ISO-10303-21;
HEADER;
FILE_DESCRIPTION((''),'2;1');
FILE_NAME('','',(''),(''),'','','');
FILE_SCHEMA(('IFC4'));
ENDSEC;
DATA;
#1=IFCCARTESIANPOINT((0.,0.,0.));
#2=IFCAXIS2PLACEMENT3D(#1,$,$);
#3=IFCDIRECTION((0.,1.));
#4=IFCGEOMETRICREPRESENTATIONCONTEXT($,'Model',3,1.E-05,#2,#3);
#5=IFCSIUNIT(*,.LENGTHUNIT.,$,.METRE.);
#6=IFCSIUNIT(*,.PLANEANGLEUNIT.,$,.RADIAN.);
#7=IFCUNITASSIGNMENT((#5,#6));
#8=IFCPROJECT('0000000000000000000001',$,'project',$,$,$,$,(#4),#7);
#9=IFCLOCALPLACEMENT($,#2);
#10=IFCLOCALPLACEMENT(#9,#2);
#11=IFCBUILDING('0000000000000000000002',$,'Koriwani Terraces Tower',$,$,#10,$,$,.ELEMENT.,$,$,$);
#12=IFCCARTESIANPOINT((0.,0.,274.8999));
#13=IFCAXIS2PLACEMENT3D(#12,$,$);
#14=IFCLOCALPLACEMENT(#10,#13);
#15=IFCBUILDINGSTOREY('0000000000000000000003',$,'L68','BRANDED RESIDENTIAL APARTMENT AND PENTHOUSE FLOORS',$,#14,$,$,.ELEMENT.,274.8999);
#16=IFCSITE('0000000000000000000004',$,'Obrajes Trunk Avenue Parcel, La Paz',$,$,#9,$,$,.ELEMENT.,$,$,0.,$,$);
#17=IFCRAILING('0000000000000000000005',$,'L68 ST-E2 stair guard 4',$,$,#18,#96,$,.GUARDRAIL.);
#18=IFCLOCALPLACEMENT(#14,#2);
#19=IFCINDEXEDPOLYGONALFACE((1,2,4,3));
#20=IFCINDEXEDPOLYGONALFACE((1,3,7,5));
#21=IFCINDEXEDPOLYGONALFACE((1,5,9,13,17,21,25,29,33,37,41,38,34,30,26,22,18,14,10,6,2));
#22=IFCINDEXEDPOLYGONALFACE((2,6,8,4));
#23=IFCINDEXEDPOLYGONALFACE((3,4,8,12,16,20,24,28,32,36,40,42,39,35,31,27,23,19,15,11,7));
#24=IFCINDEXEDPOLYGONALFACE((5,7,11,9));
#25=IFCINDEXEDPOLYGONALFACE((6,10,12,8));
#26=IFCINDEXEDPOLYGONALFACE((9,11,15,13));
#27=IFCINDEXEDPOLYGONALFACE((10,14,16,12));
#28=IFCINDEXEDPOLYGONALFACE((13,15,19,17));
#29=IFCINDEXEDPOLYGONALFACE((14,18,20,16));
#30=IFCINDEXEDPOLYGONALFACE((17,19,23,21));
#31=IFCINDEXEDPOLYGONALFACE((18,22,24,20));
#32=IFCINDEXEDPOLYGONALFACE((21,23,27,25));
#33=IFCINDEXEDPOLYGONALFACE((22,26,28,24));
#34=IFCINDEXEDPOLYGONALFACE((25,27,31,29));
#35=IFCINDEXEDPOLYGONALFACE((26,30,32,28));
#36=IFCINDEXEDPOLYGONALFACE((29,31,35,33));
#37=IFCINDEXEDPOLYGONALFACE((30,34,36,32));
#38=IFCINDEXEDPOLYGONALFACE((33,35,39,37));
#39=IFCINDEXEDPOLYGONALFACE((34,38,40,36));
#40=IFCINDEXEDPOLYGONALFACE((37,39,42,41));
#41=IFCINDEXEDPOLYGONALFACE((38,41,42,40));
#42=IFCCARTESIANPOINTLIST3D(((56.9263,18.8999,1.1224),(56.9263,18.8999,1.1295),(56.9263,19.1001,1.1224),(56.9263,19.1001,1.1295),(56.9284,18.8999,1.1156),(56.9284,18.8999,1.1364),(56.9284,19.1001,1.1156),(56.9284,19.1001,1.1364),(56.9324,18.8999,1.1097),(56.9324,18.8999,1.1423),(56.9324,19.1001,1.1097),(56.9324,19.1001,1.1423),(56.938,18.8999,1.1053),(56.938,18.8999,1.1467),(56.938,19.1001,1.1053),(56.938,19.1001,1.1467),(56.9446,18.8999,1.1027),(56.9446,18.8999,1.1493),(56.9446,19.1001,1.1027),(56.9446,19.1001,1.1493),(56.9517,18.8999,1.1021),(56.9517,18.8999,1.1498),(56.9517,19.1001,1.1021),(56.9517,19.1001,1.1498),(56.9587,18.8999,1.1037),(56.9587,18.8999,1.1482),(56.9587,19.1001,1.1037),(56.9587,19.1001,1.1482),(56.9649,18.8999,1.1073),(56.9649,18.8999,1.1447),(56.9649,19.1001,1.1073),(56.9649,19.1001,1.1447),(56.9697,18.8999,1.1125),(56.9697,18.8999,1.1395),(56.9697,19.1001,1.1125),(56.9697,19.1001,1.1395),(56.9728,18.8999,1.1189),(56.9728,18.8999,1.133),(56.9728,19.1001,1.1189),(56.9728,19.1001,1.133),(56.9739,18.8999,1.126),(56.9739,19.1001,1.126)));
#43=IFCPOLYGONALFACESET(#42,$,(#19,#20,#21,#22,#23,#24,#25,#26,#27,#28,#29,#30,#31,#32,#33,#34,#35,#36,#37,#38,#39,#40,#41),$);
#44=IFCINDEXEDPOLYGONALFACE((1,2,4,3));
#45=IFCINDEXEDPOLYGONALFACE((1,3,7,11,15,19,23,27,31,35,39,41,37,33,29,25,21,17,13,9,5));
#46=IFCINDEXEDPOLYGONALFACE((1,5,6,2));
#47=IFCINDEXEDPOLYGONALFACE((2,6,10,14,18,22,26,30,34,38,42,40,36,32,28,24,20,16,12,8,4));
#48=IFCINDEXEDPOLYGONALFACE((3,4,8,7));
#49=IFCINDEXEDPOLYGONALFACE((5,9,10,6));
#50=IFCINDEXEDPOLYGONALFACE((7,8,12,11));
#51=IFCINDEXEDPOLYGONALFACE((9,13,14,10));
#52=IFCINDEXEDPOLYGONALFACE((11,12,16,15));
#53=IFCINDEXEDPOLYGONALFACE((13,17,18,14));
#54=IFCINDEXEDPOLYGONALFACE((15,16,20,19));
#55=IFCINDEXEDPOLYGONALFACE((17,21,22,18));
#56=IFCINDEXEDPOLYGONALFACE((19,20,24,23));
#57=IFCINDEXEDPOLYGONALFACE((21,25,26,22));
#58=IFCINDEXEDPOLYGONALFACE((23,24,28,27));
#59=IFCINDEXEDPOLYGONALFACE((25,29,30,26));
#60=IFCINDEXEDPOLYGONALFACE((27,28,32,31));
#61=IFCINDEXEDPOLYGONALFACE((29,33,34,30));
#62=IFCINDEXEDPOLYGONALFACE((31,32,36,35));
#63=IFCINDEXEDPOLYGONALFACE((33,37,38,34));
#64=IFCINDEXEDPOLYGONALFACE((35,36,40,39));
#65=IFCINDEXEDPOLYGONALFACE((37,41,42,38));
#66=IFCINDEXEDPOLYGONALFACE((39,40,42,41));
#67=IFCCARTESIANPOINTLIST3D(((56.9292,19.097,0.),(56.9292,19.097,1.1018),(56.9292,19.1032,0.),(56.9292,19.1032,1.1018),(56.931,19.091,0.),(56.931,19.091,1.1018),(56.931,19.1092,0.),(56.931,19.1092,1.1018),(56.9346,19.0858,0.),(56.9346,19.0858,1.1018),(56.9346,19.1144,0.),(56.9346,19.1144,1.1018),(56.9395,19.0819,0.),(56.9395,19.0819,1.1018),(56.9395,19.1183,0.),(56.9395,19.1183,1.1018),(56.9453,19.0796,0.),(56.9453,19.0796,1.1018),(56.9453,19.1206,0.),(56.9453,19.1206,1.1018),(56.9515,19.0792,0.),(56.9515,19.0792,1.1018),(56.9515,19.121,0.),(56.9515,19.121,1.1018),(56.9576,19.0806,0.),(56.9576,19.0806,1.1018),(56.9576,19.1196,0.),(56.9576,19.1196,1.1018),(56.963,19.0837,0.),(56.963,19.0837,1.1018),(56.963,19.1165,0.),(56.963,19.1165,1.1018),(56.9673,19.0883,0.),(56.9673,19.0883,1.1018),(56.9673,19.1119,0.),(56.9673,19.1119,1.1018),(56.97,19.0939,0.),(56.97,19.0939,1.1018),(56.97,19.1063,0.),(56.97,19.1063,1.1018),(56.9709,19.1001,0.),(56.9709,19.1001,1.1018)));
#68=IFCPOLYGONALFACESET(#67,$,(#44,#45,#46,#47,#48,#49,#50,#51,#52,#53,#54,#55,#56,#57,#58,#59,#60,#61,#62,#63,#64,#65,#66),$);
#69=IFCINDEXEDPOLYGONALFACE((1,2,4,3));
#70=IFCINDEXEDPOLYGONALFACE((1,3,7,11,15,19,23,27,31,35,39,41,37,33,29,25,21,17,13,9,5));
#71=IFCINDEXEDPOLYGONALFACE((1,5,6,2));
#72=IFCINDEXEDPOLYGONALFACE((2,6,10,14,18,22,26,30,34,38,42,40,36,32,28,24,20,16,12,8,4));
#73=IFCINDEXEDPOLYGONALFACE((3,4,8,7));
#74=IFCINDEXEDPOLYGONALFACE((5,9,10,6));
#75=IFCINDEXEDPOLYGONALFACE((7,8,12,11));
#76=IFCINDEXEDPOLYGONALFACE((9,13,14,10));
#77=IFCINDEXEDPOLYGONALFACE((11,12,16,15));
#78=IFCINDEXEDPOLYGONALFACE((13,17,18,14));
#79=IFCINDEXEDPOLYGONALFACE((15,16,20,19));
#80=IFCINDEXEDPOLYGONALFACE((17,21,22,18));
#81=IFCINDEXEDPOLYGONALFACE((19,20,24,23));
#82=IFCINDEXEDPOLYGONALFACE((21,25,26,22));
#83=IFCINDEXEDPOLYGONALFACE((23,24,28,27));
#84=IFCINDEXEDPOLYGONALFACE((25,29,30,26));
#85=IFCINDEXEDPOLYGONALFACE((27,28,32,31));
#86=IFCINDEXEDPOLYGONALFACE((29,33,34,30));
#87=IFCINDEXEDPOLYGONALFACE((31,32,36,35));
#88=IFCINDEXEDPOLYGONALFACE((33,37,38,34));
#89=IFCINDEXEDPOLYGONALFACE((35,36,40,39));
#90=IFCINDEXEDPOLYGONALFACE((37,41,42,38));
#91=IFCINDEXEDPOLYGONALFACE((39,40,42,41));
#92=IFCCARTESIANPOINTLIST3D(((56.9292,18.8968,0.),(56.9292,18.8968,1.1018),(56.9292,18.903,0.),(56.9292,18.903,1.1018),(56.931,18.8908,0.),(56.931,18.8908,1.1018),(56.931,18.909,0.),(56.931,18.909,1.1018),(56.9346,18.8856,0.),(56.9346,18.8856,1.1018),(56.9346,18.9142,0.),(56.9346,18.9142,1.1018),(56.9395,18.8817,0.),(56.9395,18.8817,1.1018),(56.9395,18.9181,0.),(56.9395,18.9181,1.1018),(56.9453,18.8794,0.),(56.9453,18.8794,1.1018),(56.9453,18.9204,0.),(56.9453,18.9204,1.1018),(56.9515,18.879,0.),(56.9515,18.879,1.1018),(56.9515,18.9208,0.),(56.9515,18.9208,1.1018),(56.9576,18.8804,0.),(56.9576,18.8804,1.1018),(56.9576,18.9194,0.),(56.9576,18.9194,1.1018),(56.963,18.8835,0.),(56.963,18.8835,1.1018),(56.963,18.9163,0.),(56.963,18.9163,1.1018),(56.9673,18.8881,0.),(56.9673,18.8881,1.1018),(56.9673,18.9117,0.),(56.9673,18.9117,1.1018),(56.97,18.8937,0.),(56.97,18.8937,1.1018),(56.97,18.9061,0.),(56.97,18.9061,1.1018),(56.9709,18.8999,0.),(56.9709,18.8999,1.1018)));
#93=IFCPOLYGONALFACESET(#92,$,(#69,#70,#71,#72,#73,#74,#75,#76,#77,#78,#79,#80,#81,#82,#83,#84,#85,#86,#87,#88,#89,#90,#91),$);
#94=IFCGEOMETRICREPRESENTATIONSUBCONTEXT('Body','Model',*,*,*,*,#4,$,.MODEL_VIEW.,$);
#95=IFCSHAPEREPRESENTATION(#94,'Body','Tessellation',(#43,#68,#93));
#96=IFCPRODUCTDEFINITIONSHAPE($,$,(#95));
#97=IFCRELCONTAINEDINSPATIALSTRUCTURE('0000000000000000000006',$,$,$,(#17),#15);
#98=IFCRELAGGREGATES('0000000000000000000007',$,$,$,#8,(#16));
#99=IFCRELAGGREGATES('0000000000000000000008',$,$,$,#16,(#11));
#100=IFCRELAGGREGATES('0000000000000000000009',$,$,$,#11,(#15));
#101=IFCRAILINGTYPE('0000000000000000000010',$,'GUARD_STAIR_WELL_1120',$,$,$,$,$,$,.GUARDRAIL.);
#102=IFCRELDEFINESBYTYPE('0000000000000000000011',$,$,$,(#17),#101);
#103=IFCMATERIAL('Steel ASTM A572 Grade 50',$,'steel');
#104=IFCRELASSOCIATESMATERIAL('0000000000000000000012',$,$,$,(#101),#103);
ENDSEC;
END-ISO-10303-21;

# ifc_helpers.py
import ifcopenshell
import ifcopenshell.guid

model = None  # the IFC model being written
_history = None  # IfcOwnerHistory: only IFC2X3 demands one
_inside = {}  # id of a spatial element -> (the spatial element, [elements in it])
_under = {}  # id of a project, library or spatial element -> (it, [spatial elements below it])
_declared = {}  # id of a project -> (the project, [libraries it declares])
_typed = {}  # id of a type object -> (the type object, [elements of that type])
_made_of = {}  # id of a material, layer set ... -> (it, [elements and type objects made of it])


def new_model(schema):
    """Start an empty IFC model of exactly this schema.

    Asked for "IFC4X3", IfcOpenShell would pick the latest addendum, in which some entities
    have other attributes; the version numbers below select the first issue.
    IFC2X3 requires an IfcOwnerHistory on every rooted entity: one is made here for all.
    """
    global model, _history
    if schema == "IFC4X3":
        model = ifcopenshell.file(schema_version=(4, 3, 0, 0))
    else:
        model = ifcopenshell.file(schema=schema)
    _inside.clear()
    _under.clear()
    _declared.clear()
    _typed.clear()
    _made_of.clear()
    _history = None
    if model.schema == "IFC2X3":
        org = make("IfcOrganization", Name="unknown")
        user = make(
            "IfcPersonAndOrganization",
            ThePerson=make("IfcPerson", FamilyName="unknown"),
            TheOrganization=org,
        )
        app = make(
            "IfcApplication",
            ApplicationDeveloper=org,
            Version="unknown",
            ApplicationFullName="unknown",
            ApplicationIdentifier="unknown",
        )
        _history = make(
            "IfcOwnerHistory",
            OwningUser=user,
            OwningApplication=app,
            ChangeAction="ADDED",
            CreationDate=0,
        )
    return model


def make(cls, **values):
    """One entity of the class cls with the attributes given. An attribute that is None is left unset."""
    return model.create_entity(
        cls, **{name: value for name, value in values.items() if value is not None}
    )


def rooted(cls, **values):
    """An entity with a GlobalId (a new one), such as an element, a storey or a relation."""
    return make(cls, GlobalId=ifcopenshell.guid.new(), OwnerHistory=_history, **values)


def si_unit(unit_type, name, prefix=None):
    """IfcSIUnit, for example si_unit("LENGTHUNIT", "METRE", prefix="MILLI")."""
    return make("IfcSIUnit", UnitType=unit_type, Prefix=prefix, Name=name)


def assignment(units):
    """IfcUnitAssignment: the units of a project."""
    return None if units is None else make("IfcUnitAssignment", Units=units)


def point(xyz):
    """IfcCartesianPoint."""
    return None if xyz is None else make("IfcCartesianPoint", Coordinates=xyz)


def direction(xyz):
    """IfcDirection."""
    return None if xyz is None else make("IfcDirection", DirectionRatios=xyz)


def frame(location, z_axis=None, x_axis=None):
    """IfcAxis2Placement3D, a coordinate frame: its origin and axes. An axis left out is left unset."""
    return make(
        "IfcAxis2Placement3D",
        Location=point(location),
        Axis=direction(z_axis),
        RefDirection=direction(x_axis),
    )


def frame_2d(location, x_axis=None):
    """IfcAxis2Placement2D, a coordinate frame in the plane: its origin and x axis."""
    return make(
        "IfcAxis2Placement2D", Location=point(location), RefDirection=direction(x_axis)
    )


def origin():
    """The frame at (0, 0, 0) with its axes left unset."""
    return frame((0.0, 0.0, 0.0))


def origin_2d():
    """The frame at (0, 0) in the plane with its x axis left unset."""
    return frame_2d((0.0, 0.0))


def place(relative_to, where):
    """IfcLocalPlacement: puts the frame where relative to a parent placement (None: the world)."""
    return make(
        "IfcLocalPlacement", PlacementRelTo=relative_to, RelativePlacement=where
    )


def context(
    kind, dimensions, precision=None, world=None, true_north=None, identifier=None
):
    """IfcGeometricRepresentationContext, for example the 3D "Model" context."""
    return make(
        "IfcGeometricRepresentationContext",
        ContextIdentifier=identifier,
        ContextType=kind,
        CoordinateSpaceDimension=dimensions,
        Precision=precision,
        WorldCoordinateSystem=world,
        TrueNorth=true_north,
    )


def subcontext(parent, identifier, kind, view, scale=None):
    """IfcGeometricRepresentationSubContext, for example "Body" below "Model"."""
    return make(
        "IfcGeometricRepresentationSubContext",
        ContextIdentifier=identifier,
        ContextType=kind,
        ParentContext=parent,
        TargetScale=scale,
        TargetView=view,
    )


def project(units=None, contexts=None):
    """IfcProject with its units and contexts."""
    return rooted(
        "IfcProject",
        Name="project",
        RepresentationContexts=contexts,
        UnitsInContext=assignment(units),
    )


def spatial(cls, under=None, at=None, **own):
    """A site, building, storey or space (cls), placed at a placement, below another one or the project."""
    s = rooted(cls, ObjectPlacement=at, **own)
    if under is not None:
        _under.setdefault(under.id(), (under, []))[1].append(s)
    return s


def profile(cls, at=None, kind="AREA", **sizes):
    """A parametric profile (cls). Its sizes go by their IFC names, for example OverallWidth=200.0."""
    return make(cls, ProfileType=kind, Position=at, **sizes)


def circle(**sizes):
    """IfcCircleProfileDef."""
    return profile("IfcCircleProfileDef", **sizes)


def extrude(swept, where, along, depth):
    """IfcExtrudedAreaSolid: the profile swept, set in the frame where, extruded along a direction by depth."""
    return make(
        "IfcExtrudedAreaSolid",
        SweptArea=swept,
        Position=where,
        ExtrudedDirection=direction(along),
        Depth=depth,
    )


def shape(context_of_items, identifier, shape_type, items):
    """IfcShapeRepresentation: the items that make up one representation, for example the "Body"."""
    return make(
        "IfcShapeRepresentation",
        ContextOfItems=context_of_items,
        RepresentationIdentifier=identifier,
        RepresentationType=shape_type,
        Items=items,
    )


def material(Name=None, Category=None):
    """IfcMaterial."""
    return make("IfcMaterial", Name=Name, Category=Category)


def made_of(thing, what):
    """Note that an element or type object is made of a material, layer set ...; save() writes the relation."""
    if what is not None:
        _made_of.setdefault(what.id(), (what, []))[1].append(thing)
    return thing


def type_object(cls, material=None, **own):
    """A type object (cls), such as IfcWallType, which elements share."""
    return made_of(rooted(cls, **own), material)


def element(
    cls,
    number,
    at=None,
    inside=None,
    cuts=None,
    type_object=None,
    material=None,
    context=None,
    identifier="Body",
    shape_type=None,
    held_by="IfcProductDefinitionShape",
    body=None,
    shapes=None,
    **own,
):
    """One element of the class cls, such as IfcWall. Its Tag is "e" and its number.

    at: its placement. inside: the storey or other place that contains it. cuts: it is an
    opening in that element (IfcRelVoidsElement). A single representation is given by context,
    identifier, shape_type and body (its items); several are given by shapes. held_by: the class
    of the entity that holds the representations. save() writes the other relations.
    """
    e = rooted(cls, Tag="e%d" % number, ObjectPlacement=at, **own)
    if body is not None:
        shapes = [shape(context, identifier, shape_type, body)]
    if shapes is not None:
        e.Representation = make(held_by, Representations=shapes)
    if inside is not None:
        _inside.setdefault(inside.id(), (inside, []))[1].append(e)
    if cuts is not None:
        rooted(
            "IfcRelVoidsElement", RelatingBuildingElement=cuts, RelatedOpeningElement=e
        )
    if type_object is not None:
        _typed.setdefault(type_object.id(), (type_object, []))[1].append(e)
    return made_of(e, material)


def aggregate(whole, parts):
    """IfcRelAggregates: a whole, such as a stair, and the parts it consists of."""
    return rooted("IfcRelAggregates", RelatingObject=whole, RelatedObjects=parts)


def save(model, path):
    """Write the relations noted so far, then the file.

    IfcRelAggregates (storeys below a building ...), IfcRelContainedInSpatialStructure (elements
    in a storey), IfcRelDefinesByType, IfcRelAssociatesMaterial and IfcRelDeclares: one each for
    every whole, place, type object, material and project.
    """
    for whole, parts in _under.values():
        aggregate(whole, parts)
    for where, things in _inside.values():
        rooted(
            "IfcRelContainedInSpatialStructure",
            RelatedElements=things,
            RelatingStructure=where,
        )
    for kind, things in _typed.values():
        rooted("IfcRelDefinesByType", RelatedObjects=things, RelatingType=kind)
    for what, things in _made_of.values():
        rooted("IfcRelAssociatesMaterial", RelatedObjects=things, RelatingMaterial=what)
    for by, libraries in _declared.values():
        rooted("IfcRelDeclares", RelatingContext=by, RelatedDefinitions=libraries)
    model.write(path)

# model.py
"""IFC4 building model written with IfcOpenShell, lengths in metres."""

from ifc_helpers import new_model, si_unit, direction, frame, origin, origin_2d, place, context, subcontext, project, spatial, circle, extrude, material, type_object, element, save


model = new_model("IFC4")

# Units and contexts
model_context = context("Model", 3, precision=1e-05, world=origin(), true_north=direction((0.0, 1.0)))
body_context = subcontext(model_context, "Body", "Model", "MODEL_VIEW")
ifc_project = project(units=[si_unit("LENGTHUNIT", "METRE"), si_unit("PLANEANGLEUNIT", "RADIAN")], contexts=[model_context])

# Site, building, storey
site_placement = place(None, origin())
site = spatial("IfcSite", under=ifc_project, at=site_placement, Name="Obrajes Trunk Avenue Parcel, La Paz", CompositionType="ELEMENT", RefElevation=0.0)
building_placement = place(site_placement, origin())
building = spatial("IfcBuilding", under=site, at=building_placement, Name="Koriwani Terraces Tower", CompositionType="ELEMENT")
storey_placement = place(building_placement, frame((0.0, 0.0, 274.8999)))
storey = spatial("IfcBuildingStorey", under=building, at=storey_placement, Name="L68", Description="BRANDED RESIDENTIAL APARTMENT AND PENTHOUSE FLOORS", CompositionType="ELEMENT", Elevation=274.8999)

# Shared definitions
ifc_material_1 = material(Name="Steel ASTM A572 Grade 50", Category="steel")

# Railing
railing_type_1 = type_object("IfcRailingType", Name="GUARD_STAIR_WELL_1120", PredefinedType="GUARDRAIL", material=ifc_material_1)
railing_1_placement = place(storey_placement, frame((56.95, 19.1001, 0.0)))
element("IfcRailing", 1, at=railing_1_placement, inside=storey, type_object=railing_type_1, Name="L68 ST-E2 stair guard 4", PredefinedType="GUARDRAIL", context=body_context, shape_type="SweptSolid", body=[
    extrude(circle(Radius=0.0239, at=origin_2d()), frame((0.0, 0.0, 1.126), z_axis=(0.0, -1.0, 0.0), x_axis=(1.0, 0.0, 0.0)), (0.0, 0.0, 1.0), 0.2002),
    extrude(circle(Radius=0.021, at=origin_2d()), origin(), (0.0, 0.0, 1.0), 1.1018),
    extrude(circle(Radius=0.021, at=origin_2d()), frame((0.0, -0.2002, 0.0)), (0.0, 0.0, 1.0), 1.1018),
])

save(model, "model.ifc")
